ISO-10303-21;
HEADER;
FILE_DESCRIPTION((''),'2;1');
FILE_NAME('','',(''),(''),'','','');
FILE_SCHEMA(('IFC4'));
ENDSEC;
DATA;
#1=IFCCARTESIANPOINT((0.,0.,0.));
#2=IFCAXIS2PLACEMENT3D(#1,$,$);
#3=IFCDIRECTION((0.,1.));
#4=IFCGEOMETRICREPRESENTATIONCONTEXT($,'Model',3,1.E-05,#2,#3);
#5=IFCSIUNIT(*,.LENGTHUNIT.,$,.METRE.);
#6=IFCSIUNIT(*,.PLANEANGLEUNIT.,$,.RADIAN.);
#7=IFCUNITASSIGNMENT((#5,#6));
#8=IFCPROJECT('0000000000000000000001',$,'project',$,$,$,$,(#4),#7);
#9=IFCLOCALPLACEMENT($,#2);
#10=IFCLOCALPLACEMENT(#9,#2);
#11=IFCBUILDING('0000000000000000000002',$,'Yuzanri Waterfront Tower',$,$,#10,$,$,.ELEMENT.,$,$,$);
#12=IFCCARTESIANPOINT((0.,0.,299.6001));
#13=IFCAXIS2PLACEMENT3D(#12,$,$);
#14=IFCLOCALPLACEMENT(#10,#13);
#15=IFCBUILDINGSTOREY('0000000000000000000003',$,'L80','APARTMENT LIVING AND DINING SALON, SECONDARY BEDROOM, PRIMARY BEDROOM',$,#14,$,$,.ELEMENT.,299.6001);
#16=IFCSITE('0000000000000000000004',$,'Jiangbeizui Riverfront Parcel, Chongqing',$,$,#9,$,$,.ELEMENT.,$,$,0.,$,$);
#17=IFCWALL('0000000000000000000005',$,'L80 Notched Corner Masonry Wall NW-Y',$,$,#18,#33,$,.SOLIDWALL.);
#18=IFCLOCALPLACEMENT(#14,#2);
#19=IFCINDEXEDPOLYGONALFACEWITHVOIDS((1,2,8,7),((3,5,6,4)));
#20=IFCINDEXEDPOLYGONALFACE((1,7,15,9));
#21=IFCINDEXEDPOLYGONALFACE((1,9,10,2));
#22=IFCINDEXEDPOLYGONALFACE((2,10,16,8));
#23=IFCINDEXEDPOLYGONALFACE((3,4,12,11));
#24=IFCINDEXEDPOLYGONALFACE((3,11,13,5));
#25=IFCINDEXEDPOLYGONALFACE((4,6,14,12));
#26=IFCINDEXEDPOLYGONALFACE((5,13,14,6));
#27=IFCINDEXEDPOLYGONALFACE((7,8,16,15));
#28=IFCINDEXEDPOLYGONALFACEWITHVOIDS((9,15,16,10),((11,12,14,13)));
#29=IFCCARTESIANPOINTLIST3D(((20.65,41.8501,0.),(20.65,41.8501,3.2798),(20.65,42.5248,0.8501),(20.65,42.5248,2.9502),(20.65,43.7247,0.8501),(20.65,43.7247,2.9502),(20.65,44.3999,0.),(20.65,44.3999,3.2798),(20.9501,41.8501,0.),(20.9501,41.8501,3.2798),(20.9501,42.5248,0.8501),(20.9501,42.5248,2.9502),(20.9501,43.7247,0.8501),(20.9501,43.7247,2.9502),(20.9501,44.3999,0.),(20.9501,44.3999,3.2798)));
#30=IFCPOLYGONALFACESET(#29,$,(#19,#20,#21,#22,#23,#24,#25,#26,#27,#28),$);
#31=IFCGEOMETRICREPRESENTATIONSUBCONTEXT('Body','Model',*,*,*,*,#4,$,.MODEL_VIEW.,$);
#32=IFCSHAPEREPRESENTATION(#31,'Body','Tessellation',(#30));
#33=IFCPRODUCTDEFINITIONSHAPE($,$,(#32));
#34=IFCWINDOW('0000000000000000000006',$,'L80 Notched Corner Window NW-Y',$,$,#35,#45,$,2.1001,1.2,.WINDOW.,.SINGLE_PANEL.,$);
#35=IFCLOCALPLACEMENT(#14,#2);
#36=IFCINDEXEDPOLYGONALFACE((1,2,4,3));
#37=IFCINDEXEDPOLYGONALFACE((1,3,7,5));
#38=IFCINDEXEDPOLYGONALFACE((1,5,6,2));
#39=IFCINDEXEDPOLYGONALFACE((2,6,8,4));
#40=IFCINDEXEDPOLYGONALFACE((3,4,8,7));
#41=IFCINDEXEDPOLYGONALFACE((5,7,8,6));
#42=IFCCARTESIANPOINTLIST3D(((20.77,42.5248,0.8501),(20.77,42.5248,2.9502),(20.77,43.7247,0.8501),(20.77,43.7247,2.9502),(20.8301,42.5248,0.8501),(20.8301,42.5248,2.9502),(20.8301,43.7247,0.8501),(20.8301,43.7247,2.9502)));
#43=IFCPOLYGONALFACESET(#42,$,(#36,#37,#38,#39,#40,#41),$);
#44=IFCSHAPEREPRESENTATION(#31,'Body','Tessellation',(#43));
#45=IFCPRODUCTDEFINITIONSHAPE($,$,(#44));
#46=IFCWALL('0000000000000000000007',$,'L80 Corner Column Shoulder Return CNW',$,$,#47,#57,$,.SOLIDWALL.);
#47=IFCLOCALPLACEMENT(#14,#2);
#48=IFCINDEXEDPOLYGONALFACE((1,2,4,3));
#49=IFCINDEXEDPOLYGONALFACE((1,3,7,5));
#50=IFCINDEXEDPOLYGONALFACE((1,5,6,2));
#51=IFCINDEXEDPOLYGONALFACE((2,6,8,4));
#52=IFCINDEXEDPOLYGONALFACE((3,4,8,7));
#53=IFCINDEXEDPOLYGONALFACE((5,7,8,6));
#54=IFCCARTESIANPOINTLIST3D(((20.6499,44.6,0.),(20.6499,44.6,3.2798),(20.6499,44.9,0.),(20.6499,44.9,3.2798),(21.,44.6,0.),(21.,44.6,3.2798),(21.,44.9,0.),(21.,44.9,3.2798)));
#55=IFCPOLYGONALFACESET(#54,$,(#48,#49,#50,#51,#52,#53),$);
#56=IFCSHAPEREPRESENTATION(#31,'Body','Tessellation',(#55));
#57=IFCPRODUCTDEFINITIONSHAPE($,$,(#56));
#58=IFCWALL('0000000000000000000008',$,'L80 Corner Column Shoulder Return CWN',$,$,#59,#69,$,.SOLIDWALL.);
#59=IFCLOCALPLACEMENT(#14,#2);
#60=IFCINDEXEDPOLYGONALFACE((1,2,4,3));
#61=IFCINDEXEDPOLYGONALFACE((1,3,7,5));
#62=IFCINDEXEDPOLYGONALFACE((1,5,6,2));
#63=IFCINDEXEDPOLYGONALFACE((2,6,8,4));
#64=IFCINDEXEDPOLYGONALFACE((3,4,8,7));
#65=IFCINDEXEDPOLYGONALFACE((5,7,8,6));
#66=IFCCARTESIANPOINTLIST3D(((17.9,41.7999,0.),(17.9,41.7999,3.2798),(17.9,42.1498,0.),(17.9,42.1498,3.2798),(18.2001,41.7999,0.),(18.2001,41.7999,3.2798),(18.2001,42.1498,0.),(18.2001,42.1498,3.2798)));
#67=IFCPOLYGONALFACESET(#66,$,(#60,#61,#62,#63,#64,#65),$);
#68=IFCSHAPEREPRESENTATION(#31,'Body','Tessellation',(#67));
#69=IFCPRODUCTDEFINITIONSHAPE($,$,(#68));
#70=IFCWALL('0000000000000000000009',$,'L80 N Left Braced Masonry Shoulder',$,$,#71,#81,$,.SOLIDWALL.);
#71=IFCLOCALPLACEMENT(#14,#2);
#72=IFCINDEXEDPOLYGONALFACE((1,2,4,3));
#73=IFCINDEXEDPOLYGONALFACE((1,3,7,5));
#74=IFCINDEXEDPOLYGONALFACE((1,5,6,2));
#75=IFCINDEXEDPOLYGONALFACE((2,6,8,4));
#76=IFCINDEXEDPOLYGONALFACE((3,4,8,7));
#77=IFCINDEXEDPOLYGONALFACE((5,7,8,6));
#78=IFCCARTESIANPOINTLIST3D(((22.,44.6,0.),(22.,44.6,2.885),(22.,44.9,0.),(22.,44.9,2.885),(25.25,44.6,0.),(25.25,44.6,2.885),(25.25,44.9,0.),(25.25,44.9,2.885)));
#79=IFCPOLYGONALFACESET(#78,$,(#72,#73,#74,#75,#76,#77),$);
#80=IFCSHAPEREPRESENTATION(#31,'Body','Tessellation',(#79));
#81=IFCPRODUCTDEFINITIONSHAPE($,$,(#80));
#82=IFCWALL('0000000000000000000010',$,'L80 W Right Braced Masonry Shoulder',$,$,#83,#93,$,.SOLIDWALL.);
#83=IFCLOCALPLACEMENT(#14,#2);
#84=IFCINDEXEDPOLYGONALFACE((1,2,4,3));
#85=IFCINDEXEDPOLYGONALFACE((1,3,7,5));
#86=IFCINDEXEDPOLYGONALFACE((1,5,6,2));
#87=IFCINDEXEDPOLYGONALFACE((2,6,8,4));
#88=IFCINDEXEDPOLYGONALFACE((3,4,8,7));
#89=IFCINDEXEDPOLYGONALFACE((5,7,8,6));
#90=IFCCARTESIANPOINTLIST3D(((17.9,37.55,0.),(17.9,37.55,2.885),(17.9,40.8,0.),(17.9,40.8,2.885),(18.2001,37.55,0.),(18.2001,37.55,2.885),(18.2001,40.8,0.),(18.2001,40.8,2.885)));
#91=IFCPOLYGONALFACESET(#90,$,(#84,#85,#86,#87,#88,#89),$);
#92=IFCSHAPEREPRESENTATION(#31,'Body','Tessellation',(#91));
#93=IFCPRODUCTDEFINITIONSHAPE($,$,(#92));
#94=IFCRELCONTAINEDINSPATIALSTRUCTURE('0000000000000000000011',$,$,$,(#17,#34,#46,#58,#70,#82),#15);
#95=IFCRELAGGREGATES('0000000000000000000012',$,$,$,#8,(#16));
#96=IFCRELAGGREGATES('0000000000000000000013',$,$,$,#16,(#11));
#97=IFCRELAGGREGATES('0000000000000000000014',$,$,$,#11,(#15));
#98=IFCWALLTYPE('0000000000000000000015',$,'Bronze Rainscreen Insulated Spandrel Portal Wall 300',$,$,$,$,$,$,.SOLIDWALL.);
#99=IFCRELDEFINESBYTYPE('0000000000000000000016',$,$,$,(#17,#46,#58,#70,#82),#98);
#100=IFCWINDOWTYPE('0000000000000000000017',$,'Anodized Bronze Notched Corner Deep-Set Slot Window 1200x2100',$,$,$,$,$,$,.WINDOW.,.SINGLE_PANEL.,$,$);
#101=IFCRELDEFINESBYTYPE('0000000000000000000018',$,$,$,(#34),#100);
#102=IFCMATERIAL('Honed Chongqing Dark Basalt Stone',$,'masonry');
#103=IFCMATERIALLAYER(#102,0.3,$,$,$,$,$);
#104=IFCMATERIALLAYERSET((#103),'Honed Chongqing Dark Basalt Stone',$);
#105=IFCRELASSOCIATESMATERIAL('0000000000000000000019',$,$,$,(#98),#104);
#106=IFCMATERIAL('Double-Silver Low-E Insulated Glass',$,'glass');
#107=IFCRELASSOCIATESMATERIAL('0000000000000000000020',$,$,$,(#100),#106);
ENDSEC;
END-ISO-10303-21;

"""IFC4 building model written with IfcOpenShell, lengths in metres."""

from ifc_helpers import new_model, si_unit, direction, frame, frame_2d, origin, place, context, subcontext, project, spatial, rectangle, extrude, source, transform, mapped, material, layer, layer_set, type_object, element, fill, save


model = new_model("IFC4")

# Units and contexts
model_context = context("Model", 3, precision=1e-05, world=origin(), true_north=direction((0.0, 1.0)))
body_context = subcontext(model_context, "Body", "Model", "MODEL_VIEW")
ifc_project = project(units=[si_unit("LENGTHUNIT", "METRE"), si_unit("PLANEANGLEUNIT", "RADIAN")], contexts=[model_context])

# Site, building, storey
site_placement = place(None, origin())
site = spatial("IfcSite", under=ifc_project, at=site_placement, Name="Jiangbeizui Riverfront Parcel, Chongqing", CompositionType="ELEMENT", RefElevation=0.0)
building_placement = place(site_placement, origin())
building = spatial("IfcBuilding", under=site, at=building_placement, Name="Yuzanri Waterfront Tower", CompositionType="ELEMENT")
storey_placement = place(building_placement, frame((0.0, 0.0, 299.6001)))
storey = spatial("IfcBuildingStorey", under=building, at=storey_placement, Name="L80", Description="APARTMENT LIVING AND DINING SALON, SECONDARY BEDROOM, PRIMARY BEDROOM", CompositionType="ELEMENT", Elevation=299.6001)

# Wall, opening, window
ifc_material_1 = material(Name="Honed Chongqing Dark Basalt Stone", Category="masonry")
ifc_layer_1 = layer(ifc_material_1, 0.3)
ifc_layer_set_1 = layer_set([ifc_layer_1], Name="Honed Chongqing Dark Basalt Stone")
wall_type_1 = type_object("IfcWallType", Name="Bronze Rainscreen Insulated Spandrel Portal Wall 300", PredefinedType="SOLIDWALL", material=ifc_layer_set_1)
wall_1_placement = place(storey_placement, frame((20.8, 44.3999, 0.0), z_axis=(0.0, 0.0, 1.0), x_axis=(0.0, -1.0, 0.0)))
wall_1 = element("IfcWall", 1, at=wall_1_placement, inside=storey, type_object=wall_type_1, Name="L80 Notched Corner Masonry Wall NW-Y", PredefinedType="SOLIDWALL", context=body_context, shape_type="SweptSolid", body=[
    extrude(rectangle(XDim=2.5498, YDim=0.3, at=frame_2d((1.2749, 0.0))), origin(), (0.0, 0.0, 1.0), 3.2798),
])
opening_1_placement = place(wall_1_placement, frame((0.675, 0.0, 0.8501)))
opening_1 = element("IfcOpeningElement", 2, at=opening_1_placement, cuts=wall_1, PredefinedType="OPENING", context=body_context, shape_type="SweptSolid", body=[
    extrude(rectangle(XDim=1.2, YDim=2.1001, at=frame_2d((0.6001, 1.05))), frame((0.0, 0.165, 0.0), z_axis=(0.0, -1.0, 0.0), x_axis=(1.0, 0.0, 0.0)), (0.0, 0.0, 1.0), 0.3298),
])
ifc_material_2 = material(Name="Double-Silver Low-E Insulated Glass", Category="glass")
window_type_1 = type_object("IfcWindowType", Name="Anodized Bronze Notched Corner Deep-Set Slot Window 1200x2100", PartitioningType="SINGLE_PANEL", PredefinedType="WINDOW", material=ifc_material_2)
shared_shape_1 = source(origin(), body_context, "Body", "SweptSolid", [
    extrude(rectangle(XDim=1.2, YDim=2.1001, at=frame_2d((0.6001, 1.05))), frame((0.0, 0.03, 0.0), z_axis=(0.0, -1.0, 0.0), x_axis=(1.0, 0.0, 0.0)), (0.0, 0.0, 1.0), 0.0601),
])
window_1_placement = place(opening_1_placement, origin())
window_1 = element("IfcWindow", 3, at=window_1_placement, inside=storey, type_object=window_type_1, Name="L80 Notched Corner Window NW-Y", OverallHeight=2.1001, OverallWidth=1.2, PartitioningType="SINGLE_PANEL", PredefinedType="WINDOW", context=body_context, shape_type="MappedRepresentation", body=[
    mapped(shared_shape_1, transform((0.0, 0.0, 0.0), scale=1.0)),
])
fill(opening_1, window_1)

# Walls
shared_shape_2 = source(origin(), body_context, "Body", "SweptSolid", [
    extrude(rectangle(XDim=0.3501, YDim=0.3, at=frame_2d((0.175, 0.0))), origin(), (0.0, 0.0, 1.0), 3.2798),
])
wall_2_placement = place(storey_placement, frame((20.6499, 44.75, 0.0), z_axis=(0.0, 0.0, 1.0), x_axis=(1.0, 0.0, 0.0)))
element("IfcWall", 4, at=wall_2_placement, inside=storey, type_object=wall_type_1, Name="L80 Corner Column Shoulder Return CNW", PredefinedType="SOLIDWALL", context=body_context, shape_type="MappedRepresentation", body=[
    mapped(shared_shape_2, transform((0.0, 0.0, 0.0), scale=1.0)),
])
shared_shape_3 = source(origin(), body_context, "Body", "SweptSolid", [
    extrude(rectangle(XDim=0.3499, YDim=0.3, at=frame_2d((0.1748, 0.0))), origin(), (0.0, 0.0, 1.0), 3.2798),
])
wall_3_placement = place(storey_placement, frame((18.05, 41.8, 0.0), z_axis=(0.0, 0.0, 1.0), x_axis=(0.0, 1.0, 0.0)))
element("IfcWall", 5, at=wall_3_placement, inside=storey, type_object=wall_type_1, Name="L80 Corner Column Shoulder Return CWN", PredefinedType="SOLIDWALL", context=body_context, shape_type="MappedRepresentation", body=[
    mapped(shared_shape_3, transform((0.0, 0.0, 0.0), scale=1.0)),
])
shared_shape_4 = source(origin(), body_context, "Body", "SweptSolid", [
    extrude(rectangle(XDim=3.25, YDim=0.3, at=frame_2d((1.625, 0.0))), origin(), (0.0, 0.0, 1.0), 2.885),
])
for number, where, z_axis, x_axis, name in (
    (6, (22.0, 44.75, 0.0), (0.0, 0.0, 1.0), (1.0, 0.0, 0.0), "L80 N Left Braced Masonry Shoulder"),
    (7, (18.05, 37.55, 0.0), (0.0, 0.0, 1.0), (0.0, 1.0, 0.0), "L80 W Right Braced Masonry Shoulder"),
):
    element("IfcWall", number, at=place(storey_placement, frame(where, z_axis=z_axis, x_axis=x_axis)), inside=storey, type_object=wall_type_1, Name=name, PredefinedType="SOLIDWALL", context=body_context, shape_type="MappedRepresentation", body=[
        mapped(shared_shape_4, transform((0.0, 0.0, 0.0), scale=1.0)),
    ])

save(model, "model.ifc")
